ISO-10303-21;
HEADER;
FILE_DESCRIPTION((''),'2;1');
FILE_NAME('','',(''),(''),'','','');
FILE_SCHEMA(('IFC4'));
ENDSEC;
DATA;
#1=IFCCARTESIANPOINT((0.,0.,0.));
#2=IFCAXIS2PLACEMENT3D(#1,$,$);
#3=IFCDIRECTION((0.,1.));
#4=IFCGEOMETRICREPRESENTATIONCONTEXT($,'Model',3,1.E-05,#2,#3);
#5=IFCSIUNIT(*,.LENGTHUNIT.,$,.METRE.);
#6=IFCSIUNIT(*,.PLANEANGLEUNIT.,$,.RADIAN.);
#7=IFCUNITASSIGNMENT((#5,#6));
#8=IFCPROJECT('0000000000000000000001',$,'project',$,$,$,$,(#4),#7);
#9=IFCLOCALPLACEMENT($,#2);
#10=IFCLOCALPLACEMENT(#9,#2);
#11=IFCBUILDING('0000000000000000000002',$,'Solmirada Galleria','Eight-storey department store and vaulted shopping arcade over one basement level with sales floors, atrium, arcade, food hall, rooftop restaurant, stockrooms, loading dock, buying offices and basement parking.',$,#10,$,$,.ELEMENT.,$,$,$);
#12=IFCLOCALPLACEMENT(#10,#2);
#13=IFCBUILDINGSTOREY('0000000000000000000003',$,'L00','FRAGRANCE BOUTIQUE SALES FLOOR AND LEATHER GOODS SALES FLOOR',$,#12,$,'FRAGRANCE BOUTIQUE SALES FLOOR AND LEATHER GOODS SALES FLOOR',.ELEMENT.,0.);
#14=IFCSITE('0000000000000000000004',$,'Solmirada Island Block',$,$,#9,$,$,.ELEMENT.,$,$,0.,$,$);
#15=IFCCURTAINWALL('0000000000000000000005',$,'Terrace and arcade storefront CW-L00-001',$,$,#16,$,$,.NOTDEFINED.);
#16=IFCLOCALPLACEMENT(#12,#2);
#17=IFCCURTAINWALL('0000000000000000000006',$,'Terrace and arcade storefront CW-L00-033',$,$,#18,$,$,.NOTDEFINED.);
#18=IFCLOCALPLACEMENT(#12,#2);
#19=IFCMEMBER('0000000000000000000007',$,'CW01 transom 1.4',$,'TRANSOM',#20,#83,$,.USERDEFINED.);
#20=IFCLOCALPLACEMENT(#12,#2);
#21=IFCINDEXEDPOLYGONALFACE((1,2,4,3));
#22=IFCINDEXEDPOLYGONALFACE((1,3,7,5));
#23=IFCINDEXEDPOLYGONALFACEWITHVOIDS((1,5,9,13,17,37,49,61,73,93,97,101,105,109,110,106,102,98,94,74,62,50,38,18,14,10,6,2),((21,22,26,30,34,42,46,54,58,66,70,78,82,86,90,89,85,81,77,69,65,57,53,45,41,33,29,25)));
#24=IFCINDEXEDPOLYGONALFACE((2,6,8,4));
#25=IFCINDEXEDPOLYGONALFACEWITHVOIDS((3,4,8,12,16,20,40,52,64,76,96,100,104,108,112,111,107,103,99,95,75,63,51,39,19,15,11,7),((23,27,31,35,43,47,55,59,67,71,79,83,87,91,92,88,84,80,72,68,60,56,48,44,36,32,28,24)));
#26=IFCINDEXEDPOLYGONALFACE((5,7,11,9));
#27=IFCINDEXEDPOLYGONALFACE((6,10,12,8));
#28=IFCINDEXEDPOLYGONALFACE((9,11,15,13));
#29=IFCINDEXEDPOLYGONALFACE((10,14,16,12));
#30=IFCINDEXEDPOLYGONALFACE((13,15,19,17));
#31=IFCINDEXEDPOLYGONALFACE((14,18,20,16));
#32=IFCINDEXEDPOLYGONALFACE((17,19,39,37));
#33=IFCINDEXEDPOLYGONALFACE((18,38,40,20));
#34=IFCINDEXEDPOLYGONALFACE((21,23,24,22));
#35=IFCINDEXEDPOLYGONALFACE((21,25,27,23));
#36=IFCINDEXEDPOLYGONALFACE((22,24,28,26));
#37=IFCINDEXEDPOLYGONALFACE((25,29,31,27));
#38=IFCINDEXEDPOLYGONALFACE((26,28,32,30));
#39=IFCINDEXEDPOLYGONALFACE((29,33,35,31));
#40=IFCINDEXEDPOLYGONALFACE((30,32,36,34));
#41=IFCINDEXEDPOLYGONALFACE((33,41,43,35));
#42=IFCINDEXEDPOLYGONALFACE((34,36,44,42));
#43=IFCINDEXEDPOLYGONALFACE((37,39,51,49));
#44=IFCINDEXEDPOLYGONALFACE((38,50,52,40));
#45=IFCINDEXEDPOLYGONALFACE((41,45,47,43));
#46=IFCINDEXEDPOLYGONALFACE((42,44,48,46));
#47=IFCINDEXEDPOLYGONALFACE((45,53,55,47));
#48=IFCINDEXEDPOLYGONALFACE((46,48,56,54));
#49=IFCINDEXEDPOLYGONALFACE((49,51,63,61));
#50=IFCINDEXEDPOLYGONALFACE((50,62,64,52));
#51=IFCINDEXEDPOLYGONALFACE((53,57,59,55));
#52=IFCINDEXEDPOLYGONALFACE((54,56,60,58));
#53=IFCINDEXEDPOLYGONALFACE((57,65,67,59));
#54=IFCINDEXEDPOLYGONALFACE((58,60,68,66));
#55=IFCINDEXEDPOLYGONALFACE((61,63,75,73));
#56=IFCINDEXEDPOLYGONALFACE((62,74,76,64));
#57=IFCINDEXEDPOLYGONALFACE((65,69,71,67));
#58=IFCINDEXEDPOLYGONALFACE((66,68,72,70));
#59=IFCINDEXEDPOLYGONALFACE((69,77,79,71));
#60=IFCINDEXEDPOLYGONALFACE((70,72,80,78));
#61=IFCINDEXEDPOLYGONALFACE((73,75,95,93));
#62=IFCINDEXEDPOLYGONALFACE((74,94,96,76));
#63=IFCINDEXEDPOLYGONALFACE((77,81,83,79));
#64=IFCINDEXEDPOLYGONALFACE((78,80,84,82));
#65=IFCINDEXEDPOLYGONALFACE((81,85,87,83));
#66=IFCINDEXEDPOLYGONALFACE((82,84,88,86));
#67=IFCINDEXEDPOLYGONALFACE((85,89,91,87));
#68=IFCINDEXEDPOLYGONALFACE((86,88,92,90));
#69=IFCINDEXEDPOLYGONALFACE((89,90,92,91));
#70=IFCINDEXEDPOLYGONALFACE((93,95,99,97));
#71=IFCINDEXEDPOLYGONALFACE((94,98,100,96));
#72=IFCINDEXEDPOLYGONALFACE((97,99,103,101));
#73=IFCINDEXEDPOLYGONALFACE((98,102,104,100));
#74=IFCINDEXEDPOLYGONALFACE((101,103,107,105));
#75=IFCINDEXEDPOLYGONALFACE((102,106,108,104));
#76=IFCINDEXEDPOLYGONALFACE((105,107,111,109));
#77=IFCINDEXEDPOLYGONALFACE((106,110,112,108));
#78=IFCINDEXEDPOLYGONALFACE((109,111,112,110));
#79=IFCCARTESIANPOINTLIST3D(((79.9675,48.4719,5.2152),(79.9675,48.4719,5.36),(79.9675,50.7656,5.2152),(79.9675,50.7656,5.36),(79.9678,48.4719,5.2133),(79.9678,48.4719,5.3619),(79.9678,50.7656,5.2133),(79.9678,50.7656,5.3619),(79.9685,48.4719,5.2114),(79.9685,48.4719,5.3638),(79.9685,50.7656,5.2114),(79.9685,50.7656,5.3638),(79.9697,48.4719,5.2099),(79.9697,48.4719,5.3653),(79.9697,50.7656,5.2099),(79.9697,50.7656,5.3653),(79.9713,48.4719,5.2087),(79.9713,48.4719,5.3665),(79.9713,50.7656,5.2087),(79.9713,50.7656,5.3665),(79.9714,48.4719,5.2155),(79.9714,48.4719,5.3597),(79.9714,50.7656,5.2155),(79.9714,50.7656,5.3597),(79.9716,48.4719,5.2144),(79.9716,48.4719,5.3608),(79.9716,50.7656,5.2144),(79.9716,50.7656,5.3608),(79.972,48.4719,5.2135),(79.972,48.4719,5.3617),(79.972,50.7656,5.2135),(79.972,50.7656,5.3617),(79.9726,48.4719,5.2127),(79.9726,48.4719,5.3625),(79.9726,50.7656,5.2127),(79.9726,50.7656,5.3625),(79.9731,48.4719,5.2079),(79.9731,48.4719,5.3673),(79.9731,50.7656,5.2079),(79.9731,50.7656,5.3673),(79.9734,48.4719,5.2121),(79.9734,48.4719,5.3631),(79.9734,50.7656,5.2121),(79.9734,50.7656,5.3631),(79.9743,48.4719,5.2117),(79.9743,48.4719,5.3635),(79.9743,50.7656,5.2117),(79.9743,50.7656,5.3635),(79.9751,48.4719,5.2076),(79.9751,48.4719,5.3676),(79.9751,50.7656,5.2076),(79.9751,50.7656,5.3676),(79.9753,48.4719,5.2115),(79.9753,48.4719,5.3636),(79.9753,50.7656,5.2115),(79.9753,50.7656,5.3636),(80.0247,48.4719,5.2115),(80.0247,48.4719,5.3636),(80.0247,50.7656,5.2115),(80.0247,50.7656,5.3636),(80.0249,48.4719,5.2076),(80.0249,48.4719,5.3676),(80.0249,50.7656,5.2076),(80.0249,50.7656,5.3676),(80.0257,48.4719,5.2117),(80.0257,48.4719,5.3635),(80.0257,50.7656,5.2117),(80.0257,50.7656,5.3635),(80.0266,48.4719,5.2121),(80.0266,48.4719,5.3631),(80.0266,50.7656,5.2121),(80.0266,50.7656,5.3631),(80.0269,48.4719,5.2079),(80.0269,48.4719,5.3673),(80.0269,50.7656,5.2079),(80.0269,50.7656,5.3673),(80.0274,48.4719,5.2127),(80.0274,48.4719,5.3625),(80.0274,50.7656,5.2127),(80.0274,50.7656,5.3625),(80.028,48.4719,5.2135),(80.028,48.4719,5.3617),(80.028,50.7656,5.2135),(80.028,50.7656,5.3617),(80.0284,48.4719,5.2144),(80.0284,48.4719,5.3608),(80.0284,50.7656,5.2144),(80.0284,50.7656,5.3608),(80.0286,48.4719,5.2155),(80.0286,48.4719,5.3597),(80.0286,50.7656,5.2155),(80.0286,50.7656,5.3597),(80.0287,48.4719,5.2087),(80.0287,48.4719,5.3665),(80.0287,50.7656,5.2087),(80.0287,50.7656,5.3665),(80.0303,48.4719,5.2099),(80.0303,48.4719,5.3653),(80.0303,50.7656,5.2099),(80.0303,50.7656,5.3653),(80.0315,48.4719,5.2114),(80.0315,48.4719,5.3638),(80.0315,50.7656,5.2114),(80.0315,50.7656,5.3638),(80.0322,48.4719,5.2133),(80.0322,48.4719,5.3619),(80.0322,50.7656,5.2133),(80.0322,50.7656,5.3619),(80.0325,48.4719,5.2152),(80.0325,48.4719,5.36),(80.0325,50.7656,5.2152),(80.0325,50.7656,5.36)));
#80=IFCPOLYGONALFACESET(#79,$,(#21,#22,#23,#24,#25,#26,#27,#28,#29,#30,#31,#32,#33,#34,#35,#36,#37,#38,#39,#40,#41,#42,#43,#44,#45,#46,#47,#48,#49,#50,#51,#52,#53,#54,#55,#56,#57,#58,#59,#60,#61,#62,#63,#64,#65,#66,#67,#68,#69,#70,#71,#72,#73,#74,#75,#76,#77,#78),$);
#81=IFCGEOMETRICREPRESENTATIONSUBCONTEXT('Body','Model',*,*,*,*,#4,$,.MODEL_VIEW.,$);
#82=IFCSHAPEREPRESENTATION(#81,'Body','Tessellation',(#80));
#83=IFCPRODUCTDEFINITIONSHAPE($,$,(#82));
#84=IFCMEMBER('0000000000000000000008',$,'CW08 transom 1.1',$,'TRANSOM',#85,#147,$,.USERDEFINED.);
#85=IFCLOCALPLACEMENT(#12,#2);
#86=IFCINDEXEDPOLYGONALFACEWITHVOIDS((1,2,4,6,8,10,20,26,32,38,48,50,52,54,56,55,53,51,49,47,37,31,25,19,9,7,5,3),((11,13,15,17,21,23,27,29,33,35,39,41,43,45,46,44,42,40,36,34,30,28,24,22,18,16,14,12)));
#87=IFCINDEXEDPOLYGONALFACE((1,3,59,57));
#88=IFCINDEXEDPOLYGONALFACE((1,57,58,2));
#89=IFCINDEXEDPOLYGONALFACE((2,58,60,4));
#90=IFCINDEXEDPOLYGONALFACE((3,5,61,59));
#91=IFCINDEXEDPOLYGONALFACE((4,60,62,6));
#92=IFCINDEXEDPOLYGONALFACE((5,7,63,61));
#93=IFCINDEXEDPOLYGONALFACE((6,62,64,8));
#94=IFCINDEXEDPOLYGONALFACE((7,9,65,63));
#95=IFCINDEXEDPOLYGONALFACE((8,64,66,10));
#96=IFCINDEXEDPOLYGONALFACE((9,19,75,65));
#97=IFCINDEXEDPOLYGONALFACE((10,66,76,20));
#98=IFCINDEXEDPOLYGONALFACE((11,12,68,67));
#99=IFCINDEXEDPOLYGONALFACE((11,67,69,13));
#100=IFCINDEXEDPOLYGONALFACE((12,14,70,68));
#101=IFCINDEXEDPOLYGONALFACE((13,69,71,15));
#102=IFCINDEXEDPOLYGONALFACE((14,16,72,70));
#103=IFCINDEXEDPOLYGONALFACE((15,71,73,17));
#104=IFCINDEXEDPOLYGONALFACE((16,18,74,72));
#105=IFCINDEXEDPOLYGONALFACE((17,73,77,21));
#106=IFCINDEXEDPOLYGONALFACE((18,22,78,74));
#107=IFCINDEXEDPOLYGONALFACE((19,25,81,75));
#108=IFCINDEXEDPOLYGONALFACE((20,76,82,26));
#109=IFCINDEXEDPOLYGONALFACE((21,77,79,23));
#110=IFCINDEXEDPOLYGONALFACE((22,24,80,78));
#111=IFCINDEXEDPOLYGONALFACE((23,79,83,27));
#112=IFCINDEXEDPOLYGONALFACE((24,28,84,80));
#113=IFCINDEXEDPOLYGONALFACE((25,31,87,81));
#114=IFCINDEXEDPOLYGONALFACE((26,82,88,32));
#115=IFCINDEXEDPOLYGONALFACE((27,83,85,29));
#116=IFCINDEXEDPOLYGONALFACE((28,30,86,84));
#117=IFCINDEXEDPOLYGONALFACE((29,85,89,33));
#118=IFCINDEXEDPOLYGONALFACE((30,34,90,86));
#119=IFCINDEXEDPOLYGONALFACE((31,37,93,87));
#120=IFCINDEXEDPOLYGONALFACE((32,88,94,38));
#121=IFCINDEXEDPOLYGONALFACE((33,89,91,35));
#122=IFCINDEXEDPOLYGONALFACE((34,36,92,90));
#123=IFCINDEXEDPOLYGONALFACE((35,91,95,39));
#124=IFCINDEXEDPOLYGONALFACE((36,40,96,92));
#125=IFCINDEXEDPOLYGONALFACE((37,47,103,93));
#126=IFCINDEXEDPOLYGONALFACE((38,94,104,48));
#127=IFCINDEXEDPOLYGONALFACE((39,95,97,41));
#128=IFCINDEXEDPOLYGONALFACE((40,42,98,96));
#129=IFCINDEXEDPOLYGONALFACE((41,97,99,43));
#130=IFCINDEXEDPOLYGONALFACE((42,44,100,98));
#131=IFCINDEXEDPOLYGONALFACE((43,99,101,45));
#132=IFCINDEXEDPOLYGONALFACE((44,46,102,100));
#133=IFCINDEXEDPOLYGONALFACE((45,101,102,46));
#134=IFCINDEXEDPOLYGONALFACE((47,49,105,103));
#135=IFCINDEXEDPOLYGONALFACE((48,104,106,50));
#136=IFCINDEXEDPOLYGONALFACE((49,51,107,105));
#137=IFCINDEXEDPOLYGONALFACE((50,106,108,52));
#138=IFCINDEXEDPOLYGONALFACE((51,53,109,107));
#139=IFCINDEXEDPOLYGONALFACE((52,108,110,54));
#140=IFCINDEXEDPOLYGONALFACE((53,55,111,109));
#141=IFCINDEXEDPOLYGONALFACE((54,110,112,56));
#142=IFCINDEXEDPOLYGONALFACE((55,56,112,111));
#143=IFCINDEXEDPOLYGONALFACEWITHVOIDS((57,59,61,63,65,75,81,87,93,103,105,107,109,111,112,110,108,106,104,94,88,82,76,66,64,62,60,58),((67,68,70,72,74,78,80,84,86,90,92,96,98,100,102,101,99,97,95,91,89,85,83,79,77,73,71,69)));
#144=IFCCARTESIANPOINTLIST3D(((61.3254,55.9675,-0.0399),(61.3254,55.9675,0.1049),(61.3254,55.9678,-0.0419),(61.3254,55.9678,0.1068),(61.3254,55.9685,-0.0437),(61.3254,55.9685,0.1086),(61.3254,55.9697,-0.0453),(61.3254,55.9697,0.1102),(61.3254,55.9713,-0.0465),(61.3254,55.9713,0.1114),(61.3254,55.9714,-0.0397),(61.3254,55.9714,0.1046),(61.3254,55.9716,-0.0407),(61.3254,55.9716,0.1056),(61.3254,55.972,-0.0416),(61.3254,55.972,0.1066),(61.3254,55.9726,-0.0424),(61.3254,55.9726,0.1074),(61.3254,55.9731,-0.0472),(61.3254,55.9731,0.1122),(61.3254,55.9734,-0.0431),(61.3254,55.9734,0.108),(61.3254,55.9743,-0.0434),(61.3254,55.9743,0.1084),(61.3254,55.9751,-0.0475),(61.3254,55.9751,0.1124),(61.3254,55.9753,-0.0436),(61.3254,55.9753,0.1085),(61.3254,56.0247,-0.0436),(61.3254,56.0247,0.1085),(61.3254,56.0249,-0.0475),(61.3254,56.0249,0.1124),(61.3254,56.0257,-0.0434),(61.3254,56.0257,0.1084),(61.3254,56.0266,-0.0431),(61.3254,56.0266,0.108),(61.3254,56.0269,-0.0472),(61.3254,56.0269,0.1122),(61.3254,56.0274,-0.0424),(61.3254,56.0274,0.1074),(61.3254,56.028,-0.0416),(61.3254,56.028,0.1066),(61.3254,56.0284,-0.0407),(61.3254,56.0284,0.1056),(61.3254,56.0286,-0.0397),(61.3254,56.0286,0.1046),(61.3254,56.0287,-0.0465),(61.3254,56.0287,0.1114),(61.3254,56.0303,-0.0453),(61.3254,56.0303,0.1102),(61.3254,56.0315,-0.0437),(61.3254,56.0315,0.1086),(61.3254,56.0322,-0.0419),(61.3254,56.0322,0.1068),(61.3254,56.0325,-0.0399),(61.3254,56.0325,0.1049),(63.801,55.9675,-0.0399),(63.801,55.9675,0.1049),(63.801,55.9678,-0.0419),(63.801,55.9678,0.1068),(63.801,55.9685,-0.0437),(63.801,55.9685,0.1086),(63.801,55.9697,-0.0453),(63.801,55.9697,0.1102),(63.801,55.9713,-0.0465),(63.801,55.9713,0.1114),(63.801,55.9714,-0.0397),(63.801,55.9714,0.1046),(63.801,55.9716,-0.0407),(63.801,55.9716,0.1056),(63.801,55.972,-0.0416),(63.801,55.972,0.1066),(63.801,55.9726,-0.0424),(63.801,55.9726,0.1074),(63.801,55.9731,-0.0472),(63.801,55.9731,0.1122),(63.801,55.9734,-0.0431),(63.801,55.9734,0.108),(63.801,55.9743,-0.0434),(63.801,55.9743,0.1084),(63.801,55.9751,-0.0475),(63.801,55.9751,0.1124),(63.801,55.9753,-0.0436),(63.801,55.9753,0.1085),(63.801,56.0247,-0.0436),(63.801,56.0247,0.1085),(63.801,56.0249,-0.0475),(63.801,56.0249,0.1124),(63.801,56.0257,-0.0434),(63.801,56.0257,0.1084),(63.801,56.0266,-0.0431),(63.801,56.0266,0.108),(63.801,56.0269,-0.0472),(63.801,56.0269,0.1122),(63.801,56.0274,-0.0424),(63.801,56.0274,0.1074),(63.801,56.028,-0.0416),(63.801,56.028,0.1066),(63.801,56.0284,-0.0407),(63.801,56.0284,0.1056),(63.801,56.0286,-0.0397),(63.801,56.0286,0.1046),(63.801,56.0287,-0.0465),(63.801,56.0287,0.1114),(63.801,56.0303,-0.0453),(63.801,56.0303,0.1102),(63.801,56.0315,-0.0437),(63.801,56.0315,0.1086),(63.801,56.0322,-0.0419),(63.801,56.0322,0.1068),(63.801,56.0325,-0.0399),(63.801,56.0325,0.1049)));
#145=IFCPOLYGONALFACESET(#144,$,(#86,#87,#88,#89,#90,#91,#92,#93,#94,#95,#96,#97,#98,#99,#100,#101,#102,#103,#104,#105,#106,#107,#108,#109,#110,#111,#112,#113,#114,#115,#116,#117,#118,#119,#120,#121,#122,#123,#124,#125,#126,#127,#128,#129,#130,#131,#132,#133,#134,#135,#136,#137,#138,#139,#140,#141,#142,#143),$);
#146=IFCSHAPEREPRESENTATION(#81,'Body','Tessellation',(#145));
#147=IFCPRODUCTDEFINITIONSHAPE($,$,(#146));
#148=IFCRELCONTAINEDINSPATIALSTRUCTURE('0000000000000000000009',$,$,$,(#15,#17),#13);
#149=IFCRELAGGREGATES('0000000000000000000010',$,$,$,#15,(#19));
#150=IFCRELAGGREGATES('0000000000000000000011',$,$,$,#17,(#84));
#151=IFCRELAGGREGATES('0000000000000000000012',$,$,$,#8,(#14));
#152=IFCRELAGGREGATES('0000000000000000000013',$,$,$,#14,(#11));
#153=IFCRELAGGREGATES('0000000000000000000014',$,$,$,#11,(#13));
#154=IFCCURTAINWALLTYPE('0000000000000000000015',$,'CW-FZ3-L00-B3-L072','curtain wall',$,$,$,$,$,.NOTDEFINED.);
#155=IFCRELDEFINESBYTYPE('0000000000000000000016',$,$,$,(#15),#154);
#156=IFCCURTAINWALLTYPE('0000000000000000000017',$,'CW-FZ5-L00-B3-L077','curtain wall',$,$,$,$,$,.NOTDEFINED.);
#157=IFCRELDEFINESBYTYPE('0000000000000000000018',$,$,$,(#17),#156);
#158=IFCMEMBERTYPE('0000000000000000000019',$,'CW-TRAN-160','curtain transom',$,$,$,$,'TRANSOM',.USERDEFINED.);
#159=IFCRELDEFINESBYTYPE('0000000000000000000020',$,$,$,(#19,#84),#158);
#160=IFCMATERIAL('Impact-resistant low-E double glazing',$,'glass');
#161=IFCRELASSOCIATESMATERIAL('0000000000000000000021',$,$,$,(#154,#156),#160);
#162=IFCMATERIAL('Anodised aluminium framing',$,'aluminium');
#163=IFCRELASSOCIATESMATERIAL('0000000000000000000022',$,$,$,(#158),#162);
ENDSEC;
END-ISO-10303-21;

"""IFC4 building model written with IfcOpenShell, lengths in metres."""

from ifc_helpers import new_model, si_unit, direction, frame, origin, origin_2d, place, context, subcontext, project, spatial, hollow_rectangle, extrude, material, material_profile, profile_set, type_object, element, aggregate, save


model = new_model("IFC4")

# Units and contexts
model_context = context("Model", 3, precision=1e-05, world=origin(), true_north=direction((0.0, 1.0)))
body_context = subcontext(model_context, "Body", "Model", "MODEL_VIEW")
ifc_project = project(units=[si_unit("LENGTHUNIT", "METRE"), si_unit("PLANEANGLEUNIT", "RADIAN")], contexts=[model_context])

# Site, building, storey
site_placement = place(None, origin())
site = spatial("IfcSite", under=ifc_project, at=site_placement, Name="Solmirada Island Block", CompositionType="ELEMENT", RefElevation=0.0)
building_placement = place(site_placement, origin())
building = spatial("IfcBuilding", under=site, at=building_placement, Name="Solmirada Galleria", Description="Eight-storey department store and vaulted shopping arcade over one basement level with sales floors, atrium, arcade, food hall, rooftop restaurant, stockrooms, loading dock, buying offices and basement parking.", CompositionType="ELEMENT")
storey_placement = place(building_placement, origin())
storey = spatial("IfcBuildingStorey", under=building, at=storey_placement, Name="L00", Description="FRAGRANCE BOUTIQUE SALES FLOOR AND LEATHER GOODS SALES FLOOR", LongName="FRAGRANCE BOUTIQUE SALES FLOOR AND LEATHER GOODS SALES FLOOR", CompositionType="ELEMENT", Elevation=0.0)

# Curtain walls
ifc_material_1 = material(Name="Impact-resistant low-E double glazing", Category="glass")
curtain_wall_type_1 = type_object("IfcCurtainWallType", Name="CW-FZ3-L00-B3-L072", Description="curtain wall", PredefinedType="NOTDEFINED", material=ifc_material_1)
curtain_wall_1_placement = place(storey_placement, origin())
curtain_wall_1 = element("IfcCurtainWall", 1, at=curtain_wall_1_placement, inside=storey, type_object=curtain_wall_type_1, Name="Terrace and arcade storefront CW-L00-001", PredefinedType="NOTDEFINED")
ifc_material_2 = material(Name="Anodised aluminium framing", Category="aluminium")
curtain_wall_type_2 = type_object("IfcCurtainWallType", Name="CW-FZ5-L00-B3-L077", Description="curtain wall", PredefinedType="NOTDEFINED", material=ifc_material_1)
curtain_wall_2_placement = place(storey_placement, origin())
curtain_wall_2 = element("IfcCurtainWall", 2, at=curtain_wall_2_placement, inside=storey, type_object=curtain_wall_type_2, Name="Terrace and arcade storefront CW-L00-033", PredefinedType="NOTDEFINED")

# Members
ifc_material_profile_1 = material_profile(ifc_material_2, hollow_rectangle(XDim=0.0649, YDim=0.1599, WallThickness=0.0039, InnerFilletRadius=0.0039, OuterFilletRadius=0.0076, at=origin_2d()), Name="ALU-TRAN-160X65")
ifc_profile_set_1 = profile_set([ifc_material_profile_1], Name="Anodised aluminium framing")
member_type_1 = type_object("IfcMemberType", Name="CW-TRAN-160", Description="curtain transom", ElementType="TRANSOM", PredefinedType="USERDEFINED", material=ifc_profile_set_1)
member_1_placement = place(storey_placement, frame((80.0, 48.4719, 5.2876), z_axis=(0.0, 1.0, 0.0), x_axis=(-1.0, 0.0, 0.0)))
member_1 = element("IfcMember", 3, at=member_1_placement, type_object=member_type_1, Name="CW01 transom 1.4", ObjectType="TRANSOM", PredefinedType="USERDEFINED", context=body_context, shape_type="SweptSolid", body=[
    extrude(hollow_rectangle(XDim=0.0649, YDim=0.1599, WallThickness=0.0039, InnerFilletRadius=0.0039, OuterFilletRadius=0.0076, at=origin_2d()), origin(), (0.0, 0.0, 1.0), 2.2937),
])
aggregate(curtain_wall_1, [member_1])
member_2_placement = place(storey_placement, frame((63.801, 56.0, 0.0325), z_axis=(-1.0, 0.0, 0.0), x_axis=(0.0, -1.0, 0.0)))
member_2 = element("IfcMember", 4, at=member_2_placement, type_object=member_type_1, Name="CW08 transom 1.1", ObjectType="TRANSOM", PredefinedType="USERDEFINED", context=body_context, shape_type="SweptSolid", body=[
    extrude(hollow_rectangle(XDim=0.0649, YDim=0.1599, WallThickness=0.0039, InnerFilletRadius=0.0039, OuterFilletRadius=0.0076, at=origin_2d()), origin(), (0.0, 0.0, 1.0), 2.4756),
])
aggregate(curtain_wall_2, [member_2])

save(model, "model.ifc")
